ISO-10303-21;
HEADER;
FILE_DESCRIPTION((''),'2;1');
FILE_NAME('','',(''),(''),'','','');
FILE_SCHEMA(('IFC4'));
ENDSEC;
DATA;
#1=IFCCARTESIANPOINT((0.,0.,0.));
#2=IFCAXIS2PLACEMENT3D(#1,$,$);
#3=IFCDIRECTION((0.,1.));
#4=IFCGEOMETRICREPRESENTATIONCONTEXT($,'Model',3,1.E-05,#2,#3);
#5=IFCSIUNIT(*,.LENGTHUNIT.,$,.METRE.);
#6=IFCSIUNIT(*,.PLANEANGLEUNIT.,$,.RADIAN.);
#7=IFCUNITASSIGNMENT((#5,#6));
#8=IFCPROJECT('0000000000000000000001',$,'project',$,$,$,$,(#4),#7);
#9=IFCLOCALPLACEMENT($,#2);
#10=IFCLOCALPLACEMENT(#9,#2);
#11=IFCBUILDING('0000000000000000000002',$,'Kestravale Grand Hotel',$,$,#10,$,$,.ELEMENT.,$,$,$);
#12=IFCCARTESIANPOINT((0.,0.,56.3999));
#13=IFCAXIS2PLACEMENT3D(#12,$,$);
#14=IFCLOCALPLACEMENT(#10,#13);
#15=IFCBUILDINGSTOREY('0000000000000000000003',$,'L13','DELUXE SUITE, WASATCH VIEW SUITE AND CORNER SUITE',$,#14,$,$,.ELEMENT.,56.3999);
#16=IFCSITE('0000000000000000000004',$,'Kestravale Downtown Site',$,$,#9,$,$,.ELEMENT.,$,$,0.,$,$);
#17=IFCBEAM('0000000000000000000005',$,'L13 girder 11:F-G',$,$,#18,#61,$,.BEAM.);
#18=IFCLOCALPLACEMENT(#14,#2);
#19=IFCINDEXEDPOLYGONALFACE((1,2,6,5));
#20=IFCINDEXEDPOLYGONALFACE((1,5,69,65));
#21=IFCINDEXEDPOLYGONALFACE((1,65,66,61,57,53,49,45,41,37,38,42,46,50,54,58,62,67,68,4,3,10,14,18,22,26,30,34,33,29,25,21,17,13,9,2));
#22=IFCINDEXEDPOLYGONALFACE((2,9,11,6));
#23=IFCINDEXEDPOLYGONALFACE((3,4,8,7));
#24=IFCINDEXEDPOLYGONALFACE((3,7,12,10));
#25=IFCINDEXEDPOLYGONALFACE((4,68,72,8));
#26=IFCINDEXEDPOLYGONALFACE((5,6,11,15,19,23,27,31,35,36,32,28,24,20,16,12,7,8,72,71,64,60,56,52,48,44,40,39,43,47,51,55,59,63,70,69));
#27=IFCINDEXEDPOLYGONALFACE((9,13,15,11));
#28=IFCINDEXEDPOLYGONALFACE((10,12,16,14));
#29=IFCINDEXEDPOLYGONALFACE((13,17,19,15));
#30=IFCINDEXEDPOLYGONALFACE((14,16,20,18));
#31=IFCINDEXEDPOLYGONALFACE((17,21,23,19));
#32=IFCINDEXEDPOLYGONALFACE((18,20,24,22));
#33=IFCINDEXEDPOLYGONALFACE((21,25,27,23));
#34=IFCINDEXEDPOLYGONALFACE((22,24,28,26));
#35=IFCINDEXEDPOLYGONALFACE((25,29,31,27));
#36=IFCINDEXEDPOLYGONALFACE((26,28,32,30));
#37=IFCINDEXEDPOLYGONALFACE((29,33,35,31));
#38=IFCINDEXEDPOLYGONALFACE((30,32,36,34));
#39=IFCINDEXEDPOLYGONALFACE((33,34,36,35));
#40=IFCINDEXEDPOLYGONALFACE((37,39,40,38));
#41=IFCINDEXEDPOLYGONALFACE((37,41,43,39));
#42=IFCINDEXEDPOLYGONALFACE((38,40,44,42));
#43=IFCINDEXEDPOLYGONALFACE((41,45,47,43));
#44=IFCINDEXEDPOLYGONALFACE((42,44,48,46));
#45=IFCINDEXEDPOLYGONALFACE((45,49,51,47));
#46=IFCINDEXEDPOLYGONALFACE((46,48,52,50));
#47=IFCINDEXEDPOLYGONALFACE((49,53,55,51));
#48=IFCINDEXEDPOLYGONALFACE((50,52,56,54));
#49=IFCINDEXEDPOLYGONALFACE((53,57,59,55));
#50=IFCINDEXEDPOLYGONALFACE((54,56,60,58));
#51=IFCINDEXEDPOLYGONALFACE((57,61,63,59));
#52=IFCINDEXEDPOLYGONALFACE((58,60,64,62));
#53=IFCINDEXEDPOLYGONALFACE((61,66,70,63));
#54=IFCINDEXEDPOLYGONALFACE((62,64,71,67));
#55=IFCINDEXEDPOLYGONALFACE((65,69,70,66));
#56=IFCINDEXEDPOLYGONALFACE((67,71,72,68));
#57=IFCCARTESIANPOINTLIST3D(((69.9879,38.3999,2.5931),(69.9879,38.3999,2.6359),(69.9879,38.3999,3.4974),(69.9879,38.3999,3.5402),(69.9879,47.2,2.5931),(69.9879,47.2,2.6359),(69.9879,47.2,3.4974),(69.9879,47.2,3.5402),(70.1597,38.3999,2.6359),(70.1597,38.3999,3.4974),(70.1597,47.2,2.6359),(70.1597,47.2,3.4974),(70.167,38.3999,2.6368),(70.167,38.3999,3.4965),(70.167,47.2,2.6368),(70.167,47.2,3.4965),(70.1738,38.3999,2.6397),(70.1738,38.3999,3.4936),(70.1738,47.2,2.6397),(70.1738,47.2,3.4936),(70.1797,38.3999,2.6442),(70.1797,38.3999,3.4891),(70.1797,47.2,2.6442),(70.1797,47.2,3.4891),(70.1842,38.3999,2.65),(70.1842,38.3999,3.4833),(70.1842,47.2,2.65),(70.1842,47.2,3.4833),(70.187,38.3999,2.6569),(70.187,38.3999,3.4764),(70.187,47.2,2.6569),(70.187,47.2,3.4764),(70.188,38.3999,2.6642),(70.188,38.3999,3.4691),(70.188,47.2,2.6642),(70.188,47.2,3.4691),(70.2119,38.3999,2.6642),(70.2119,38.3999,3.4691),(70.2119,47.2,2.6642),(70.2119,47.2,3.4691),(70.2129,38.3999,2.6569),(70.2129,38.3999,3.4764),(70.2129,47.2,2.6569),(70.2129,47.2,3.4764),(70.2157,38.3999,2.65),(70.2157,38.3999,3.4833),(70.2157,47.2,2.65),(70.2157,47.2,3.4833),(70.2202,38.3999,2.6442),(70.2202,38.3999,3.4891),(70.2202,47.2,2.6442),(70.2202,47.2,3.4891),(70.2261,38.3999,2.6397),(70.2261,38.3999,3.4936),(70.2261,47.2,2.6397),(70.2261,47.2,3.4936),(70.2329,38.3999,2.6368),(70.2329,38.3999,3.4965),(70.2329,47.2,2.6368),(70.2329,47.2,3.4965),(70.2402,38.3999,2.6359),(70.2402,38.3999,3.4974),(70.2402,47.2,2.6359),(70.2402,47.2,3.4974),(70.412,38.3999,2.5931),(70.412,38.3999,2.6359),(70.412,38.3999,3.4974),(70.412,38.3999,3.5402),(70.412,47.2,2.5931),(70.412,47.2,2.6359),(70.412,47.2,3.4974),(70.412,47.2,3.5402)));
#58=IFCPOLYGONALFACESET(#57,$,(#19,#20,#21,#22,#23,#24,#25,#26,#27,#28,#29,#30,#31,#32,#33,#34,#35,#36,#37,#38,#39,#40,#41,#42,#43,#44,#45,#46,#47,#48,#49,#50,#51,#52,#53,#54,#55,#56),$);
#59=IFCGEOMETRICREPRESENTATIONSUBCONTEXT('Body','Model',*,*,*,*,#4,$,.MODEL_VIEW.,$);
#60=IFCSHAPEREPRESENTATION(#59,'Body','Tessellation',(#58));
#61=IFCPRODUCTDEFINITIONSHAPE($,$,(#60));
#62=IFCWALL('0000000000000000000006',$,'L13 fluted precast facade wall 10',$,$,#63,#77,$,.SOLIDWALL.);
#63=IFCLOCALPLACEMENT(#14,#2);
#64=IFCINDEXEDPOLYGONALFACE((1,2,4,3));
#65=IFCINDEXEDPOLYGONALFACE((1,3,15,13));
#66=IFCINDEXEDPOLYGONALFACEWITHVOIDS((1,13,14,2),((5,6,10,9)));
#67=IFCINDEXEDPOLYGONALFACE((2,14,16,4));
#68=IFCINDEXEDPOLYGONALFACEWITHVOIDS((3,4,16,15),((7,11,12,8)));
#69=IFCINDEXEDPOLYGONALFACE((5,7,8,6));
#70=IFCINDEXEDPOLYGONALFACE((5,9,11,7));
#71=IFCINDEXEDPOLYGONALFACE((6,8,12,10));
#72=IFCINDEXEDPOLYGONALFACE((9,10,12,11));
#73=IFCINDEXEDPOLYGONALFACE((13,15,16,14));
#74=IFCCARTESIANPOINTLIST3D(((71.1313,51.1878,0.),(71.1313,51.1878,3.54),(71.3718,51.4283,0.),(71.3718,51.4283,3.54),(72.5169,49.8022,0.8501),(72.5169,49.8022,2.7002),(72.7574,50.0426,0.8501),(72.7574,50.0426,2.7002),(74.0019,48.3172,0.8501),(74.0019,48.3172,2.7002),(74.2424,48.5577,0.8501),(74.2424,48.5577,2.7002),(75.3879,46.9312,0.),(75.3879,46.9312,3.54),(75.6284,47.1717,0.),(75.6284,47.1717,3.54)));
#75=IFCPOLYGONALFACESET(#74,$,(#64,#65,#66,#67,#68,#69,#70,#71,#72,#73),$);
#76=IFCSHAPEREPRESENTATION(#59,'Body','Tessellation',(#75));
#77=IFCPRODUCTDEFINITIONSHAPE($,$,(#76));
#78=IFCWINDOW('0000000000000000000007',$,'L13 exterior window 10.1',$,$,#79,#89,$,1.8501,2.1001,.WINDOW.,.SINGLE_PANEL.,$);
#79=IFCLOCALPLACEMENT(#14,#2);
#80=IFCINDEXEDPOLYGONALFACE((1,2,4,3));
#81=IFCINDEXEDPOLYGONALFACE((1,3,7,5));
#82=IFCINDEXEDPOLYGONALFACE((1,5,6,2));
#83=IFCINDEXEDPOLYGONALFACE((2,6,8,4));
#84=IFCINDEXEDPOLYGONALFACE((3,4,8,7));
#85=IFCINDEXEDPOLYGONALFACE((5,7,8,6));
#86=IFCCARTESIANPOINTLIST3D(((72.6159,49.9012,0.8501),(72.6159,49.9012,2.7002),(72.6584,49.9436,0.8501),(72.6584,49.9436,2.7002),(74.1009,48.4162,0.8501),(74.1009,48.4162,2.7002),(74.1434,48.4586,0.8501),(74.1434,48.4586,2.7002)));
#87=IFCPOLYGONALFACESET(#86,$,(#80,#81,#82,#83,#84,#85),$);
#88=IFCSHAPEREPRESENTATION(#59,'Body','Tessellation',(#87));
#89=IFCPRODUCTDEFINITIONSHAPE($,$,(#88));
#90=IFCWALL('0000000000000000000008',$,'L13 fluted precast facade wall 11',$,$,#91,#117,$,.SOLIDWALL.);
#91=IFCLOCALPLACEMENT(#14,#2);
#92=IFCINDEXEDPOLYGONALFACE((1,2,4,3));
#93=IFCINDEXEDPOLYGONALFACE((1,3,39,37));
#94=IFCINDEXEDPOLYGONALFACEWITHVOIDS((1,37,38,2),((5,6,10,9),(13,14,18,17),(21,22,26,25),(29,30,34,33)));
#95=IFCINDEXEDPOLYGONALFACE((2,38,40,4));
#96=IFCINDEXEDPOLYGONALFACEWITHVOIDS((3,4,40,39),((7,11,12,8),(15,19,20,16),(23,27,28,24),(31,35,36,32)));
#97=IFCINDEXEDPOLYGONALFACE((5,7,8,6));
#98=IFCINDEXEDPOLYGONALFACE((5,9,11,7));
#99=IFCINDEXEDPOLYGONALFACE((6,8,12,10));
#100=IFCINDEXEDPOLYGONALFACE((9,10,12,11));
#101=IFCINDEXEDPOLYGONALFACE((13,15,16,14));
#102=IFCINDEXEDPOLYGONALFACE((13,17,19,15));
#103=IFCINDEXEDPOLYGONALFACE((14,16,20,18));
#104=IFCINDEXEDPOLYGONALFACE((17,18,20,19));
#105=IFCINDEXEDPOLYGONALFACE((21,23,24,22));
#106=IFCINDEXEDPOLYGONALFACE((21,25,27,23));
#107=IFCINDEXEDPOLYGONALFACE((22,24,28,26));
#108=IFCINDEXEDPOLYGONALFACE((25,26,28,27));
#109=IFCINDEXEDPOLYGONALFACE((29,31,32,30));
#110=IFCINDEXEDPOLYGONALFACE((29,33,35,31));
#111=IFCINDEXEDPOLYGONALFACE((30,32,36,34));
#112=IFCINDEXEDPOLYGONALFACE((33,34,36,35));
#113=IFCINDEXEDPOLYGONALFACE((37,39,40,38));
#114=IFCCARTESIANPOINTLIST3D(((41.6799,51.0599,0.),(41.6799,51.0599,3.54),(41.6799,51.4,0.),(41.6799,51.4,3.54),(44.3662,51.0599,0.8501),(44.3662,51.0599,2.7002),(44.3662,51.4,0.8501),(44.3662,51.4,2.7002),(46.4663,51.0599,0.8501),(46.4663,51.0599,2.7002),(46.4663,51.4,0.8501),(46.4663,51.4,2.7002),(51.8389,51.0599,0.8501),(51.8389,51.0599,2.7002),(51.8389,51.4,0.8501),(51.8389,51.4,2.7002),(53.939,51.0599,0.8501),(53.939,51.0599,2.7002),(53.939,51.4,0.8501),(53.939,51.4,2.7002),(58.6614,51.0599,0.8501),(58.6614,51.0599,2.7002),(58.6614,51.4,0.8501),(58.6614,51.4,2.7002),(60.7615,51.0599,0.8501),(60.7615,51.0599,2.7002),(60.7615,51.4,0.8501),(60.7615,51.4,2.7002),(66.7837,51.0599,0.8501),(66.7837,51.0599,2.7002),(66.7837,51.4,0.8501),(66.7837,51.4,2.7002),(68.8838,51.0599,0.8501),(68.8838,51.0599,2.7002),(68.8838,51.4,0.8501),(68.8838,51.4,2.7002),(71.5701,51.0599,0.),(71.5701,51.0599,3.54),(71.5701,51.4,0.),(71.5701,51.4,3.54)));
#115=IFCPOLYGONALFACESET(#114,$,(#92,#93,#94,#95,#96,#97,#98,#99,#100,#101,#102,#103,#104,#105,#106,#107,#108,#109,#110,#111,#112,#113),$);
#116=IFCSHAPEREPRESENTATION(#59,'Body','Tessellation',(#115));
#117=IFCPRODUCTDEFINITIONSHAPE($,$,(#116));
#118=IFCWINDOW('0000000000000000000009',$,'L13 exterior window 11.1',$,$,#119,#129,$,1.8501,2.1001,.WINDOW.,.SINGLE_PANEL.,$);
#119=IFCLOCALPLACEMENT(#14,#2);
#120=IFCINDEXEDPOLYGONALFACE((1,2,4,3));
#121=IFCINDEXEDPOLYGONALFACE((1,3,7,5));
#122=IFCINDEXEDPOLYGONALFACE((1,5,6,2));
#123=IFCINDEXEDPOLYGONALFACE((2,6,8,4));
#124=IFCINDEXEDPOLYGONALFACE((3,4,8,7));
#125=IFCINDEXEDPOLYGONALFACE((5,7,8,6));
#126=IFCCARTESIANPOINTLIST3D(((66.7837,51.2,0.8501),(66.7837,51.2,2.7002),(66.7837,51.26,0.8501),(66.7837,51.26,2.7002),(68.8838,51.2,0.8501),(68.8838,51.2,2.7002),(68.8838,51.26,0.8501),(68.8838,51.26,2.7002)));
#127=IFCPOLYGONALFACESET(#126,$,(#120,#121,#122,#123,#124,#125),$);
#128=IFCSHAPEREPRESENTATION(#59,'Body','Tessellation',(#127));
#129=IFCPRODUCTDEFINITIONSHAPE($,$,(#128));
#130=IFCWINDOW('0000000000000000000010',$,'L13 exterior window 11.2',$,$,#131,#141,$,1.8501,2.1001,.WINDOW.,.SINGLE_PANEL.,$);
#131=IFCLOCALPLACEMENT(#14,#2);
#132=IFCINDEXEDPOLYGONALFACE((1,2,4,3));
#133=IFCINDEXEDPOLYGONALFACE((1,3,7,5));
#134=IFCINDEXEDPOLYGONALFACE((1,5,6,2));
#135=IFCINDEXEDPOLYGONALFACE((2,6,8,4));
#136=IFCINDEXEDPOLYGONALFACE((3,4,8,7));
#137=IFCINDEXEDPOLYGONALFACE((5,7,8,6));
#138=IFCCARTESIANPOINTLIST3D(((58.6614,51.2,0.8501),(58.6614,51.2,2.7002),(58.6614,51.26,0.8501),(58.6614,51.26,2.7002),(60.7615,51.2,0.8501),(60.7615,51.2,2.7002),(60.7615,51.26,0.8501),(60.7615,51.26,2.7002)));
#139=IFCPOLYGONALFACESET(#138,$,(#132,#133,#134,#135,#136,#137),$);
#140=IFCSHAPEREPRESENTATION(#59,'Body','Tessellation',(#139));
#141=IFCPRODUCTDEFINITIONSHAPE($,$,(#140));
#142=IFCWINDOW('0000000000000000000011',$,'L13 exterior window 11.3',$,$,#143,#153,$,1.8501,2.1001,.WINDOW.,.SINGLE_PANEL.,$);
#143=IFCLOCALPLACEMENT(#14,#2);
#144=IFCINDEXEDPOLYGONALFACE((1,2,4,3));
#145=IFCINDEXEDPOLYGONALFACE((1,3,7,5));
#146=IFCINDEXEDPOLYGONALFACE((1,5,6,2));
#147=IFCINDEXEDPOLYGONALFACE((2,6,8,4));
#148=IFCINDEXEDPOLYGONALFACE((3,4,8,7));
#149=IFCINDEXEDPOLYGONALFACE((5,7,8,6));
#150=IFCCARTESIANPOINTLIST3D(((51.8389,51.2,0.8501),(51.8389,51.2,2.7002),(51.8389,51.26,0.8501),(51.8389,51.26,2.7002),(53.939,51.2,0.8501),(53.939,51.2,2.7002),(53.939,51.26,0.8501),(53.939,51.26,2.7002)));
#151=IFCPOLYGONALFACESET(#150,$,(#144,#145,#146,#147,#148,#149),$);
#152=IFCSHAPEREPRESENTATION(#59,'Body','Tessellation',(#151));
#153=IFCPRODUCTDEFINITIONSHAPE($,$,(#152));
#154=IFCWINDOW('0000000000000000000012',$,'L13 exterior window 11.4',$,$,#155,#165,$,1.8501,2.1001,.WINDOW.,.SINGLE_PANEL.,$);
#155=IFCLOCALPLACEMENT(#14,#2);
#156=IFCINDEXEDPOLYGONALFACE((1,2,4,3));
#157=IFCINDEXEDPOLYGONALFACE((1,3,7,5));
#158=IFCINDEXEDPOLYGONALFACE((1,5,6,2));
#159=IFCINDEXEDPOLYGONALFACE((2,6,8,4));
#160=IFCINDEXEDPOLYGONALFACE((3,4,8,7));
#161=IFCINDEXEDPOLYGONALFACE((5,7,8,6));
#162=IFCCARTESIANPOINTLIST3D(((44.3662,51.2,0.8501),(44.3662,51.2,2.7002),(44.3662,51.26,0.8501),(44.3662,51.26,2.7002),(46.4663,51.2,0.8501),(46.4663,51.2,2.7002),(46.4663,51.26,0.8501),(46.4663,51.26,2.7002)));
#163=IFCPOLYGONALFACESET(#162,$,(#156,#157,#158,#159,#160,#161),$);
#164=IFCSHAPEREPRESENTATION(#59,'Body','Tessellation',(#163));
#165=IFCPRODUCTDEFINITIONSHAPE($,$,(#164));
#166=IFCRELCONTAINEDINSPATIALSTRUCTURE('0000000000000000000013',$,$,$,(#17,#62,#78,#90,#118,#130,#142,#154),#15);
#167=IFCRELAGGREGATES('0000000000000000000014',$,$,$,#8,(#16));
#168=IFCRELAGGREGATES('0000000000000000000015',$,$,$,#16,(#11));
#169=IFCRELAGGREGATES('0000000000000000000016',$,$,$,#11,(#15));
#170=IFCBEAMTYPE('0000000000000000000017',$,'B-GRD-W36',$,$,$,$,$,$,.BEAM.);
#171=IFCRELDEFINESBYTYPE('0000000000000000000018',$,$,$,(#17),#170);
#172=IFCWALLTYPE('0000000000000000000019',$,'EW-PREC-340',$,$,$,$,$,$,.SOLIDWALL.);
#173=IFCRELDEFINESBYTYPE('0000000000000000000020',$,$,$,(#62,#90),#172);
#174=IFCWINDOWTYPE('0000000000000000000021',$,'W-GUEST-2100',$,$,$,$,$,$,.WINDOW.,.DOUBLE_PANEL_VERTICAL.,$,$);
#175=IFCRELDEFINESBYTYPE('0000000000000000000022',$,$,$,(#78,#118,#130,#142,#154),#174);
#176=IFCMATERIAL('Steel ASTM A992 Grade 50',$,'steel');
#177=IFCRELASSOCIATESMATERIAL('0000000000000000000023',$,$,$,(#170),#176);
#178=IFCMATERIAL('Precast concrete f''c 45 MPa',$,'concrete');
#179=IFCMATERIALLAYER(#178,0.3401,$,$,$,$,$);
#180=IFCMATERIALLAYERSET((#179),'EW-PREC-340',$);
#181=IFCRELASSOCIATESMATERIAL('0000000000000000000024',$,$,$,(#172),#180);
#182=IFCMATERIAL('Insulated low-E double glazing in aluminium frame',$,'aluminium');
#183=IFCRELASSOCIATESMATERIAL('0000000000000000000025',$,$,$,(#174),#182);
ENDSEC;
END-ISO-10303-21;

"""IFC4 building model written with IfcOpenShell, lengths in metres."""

from ifc_helpers import new_model, si_unit, direction, frame, frame_2d, origin, origin_2d, place, context, subcontext, project, spatial, rectangle, i_section, extrude, material, layer, layer_set, material_profile, profile_set, type_object, element, fill, save


model = new_model("IFC4")

# Units and contexts
model_context = context("Model", 3, precision=1e-05, world=origin(), true_north=direction((0.0, 1.0)))
body_context = subcontext(model_context, "Body", "Model", "MODEL_VIEW")
ifc_project = project(units=[si_unit("LENGTHUNIT", "METRE"), si_unit("PLANEANGLEUNIT", "RADIAN")], contexts=[model_context])

# Site, building, storey
site_placement = place(None, origin())
site = spatial("IfcSite", under=ifc_project, at=site_placement, Name="Kestravale Downtown Site", CompositionType="ELEMENT", RefElevation=0.0)
building_placement = place(site_placement, origin())
building = spatial("IfcBuilding", under=site, at=building_placement, Name="Kestravale Grand Hotel", CompositionType="ELEMENT")
storey_placement = place(building_placement, frame((0.0, 0.0, 56.3999)))
storey = spatial("IfcBuildingStorey", under=building, at=storey_placement, Name="L13", Description="DELUXE SUITE, WASATCH VIEW SUITE AND CORNER SUITE", CompositionType="ELEMENT", Elevation=56.3999)

# Beam
ifc_material_1 = material(Name="Steel ASTM A992 Grade 50", Category="steel")
ifc_material_profile_1 = material_profile(ifc_material_1, i_section(OverallWidth=0.4241, OverallDepth=0.947, WebThickness=0.0239, FlangeThickness=0.0427, FilletRadius=0.0283, at=origin_2d()))
ifc_profile_set_1 = profile_set([ifc_material_profile_1], Name="Steel ASTM A992 Grade 50")
beam_type_1 = type_object("IfcBeamType", Name="B-GRD-W36", PredefinedType="BEAM", material=ifc_profile_set_1)
for number, where, z_axis, x_axis, name in (
    (1, (70.2, 38.3999, 3.0667), (0.0, 1.0, 0.0), (-1.0, 0.0, 0.0), "L13 girder 11:F-G"),
):
    element("IfcBeam", number, at=place(storey_placement, frame(where, z_axis=z_axis, x_axis=x_axis)), inside=storey, type_object=beam_type_1, Name=name, PredefinedType="BEAM", context=body_context, shape_type="SweptSolid", body=[
        extrude(i_section(OverallWidth=0.4241, OverallDepth=0.947, WebThickness=0.0239, FlangeThickness=0.0427, FilletRadius=0.0283, at=origin_2d()), origin(), (0.0, 0.0, 1.0), 8.8),
    ])

# Wall, opening, window
ifc_material_2 = material(Name="Precast concrete f'c 45 MPa", Category="concrete")
ifc_layer_1 = layer(ifc_material_2, 0.3401)
ifc_layer_set_1 = layer_set([ifc_layer_1], Name="EW-PREC-340")
wall_type_1 = type_object("IfcWallType", Name="EW-PREC-340", PredefinedType="SOLIDWALL", material=ifc_layer_set_1)
wall_1_placement = place(storey_placement, frame((75.5081, 47.0515, 0.0), z_axis=(0.0, 0.0, 1.0), x_axis=(-0.707107, 0.707107, 0.0)))
wall_1 = element("IfcWall", 2, at=wall_1_placement, inside=storey, type_object=wall_type_1, Name="L13 fluted precast facade wall 10", PredefinedType="SOLIDWALL", context=body_context, shape_type="SweptSolid", body=[
    extrude(rectangle(XDim=6.0198, YDim=0.3401, at=frame_2d((3.0098, 0.0))), origin(), (0.0, 0.0, 1.0), 3.54),
])
opening_1_placement = place(wall_1_placement, frame((1.96, 0.0, 0.8501)))
opening_1 = element("IfcOpeningElement", 3, at=opening_1_placement, cuts=wall_1, PredefinedType="OPENING", context=body_context, shape_type="SweptSolid", body=[
    extrude(rectangle(XDim=2.1001, YDim=1.8501, at=frame_2d((1.05, 0.925))), frame((0.0, 0.1799, 0.0), z_axis=(0.0, -1.0, 0.0), x_axis=(1.0, 0.0, 0.0)), (0.0, 0.0, 1.0), 0.3601),
])
ifc_material_3 = material(Name="Insulated low-E double glazing in aluminium frame", Category="aluminium")
window_type = type_object("IfcWindowType", Name="W-GUEST-2100", PartitioningType="DOUBLE_PANEL_VERTICAL", PredefinedType="WINDOW", material=ifc_material_3)
window_1_placement = place(opening_1_placement, origin())
window_1 = element("IfcWindow", 4, at=window_1_placement, inside=storey, type_object=window_type, Name="L13 exterior window 10.1", OverallHeight=1.8501, OverallWidth=2.1001, PartitioningType="SINGLE_PANEL", PredefinedType="WINDOW", context=body_context, shape_type="SweptSolid", body=[
    extrude(rectangle(XDim=2.1001, YDim=1.8501, at=frame_2d((1.05, 0.925))), frame((0.0, 0.03, 0.0), z_axis=(0.0, -1.0, 0.0), x_axis=(1.0, 0.0, 0.0)), (0.0, 0.0, 1.0), 0.0601),
])
fill(opening_1, window_1)

# Wall, openings, windows
wall_2_placement = place(storey_placement, frame((71.5701, 51.23, 0.0), z_axis=(0.0, 0.0, 1.0), x_axis=(-1.0, 0.0, 0.0)))
wall_2 = element("IfcWall", 5, at=wall_2_placement, inside=storey, type_object=wall_type_1, Name="L13 fluted precast facade wall 11", PredefinedType="SOLIDWALL", context=body_context, shape_type="SweptSolid", body=[
    extrude(rectangle(XDim=29.8901, YDim=0.3401, at=frame_2d((14.9451, 0.0))), origin(), (0.0, 0.0, 1.0), 3.54),
])
opening_2_placement = place(wall_2_placement, frame((2.6863, 0.0, 0.8501)))
opening_2 = element("IfcOpeningElement", 6, at=opening_2_placement, cuts=wall_2, PredefinedType="OPENING", context=body_context, shape_type="SweptSolid", body=[
    extrude(rectangle(XDim=2.1001, YDim=1.8501, at=frame_2d((1.05, 0.925))), frame((0.0, 0.1799, 0.0), z_axis=(0.0, -1.0, 0.0), x_axis=(1.0, 0.0, 0.0)), (0.0, 0.0, 1.0), 0.3601),
])
opening_3_placement = place(wall_2_placement, frame((10.8086, 0.0, 0.8501)))
opening_3 = element("IfcOpeningElement", 7, at=opening_3_placement, cuts=wall_2, PredefinedType="OPENING", context=body_context, shape_type="SweptSolid", body=[
    extrude(rectangle(XDim=2.1001, YDim=1.8501, at=frame_2d((1.05, 0.925))), frame((0.0, 0.1799, 0.0), z_axis=(0.0, -1.0, 0.0), x_axis=(1.0, 0.0, 0.0)), (0.0, 0.0, 1.0), 0.3601),
])
opening_4_placement = place(wall_2_placement, frame((17.6311, 0.0, 0.8501)))
opening_4 = element("IfcOpeningElement", 8, at=opening_4_placement, cuts=wall_2, PredefinedType="OPENING", context=body_context, shape_type="SweptSolid", body=[
    extrude(rectangle(XDim=2.1001, YDim=1.8501, at=frame_2d((1.05, 0.925))), frame((0.0, 0.1799, 0.0), z_axis=(0.0, -1.0, 0.0), x_axis=(1.0, 0.0, 0.0)), (0.0, 0.0, 1.0), 0.3601),
])
opening_5_placement = place(wall_2_placement, frame((25.1038, 0.0, 0.8501)))
opening_5 = element("IfcOpeningElement", 9, at=opening_5_placement, cuts=wall_2, PredefinedType="OPENING", context=body_context, shape_type="SweptSolid", body=[
    extrude(rectangle(XDim=2.1001, YDim=1.8501, at=frame_2d((1.05, 0.925))), frame((0.0, 0.1799, 0.0), z_axis=(0.0, -1.0, 0.0), x_axis=(1.0, 0.0, 0.0)), (0.0, 0.0, 1.0), 0.3601),
])
window_2_placement = place(opening_2_placement, origin())
window_2 = element("IfcWindow", 10, at=window_2_placement, inside=storey, type_object=window_type, Name="L13 exterior window 11.1", OverallHeight=1.8501, OverallWidth=2.1001, PartitioningType="SINGLE_PANEL", PredefinedType="WINDOW", context=body_context, shape_type="SweptSolid", body=[
    extrude(rectangle(XDim=2.1001, YDim=1.8501, at=frame_2d((1.05, 0.925))), frame((0.0, 0.03, 0.0), z_axis=(0.0, -1.0, 0.0), x_axis=(1.0, 0.0, 0.0)), (0.0, 0.0, 1.0), 0.0601),
])
fill(opening_2, window_2)
window_3_placement = place(opening_3_placement, origin())
window_3 = element("IfcWindow", 11, at=window_3_placement, inside=storey, type_object=window_type, Name="L13 exterior window 11.2", OverallHeight=1.8501, OverallWidth=2.1001, PartitioningType="SINGLE_PANEL", PredefinedType="WINDOW", context=body_context, shape_type="SweptSolid", body=[
    extrude(rectangle(XDim=2.1001, YDim=1.8501, at=frame_2d((1.05, 0.925))), frame((0.0, 0.03, 0.0), z_axis=(0.0, -1.0, 0.0), x_axis=(1.0, 0.0, 0.0)), (0.0, 0.0, 1.0), 0.0601),
])
fill(opening_3, window_3)
window_4_placement = place(opening_4_placement, origin())
window_4 = element("IfcWindow", 12, at=window_4_placement, inside=storey, type_object=window_type, Name="L13 exterior window 11.3", OverallHeight=1.8501, OverallWidth=2.1001, PartitioningType="SINGLE_PANEL", PredefinedType="WINDOW", context=body_context, shape_type="SweptSolid", body=[
    extrude(rectangle(XDim=2.1001, YDim=1.8501, at=frame_2d((1.05, 0.925))), frame((0.0, 0.03, 0.0), z_axis=(0.0, -1.0, 0.0), x_axis=(1.0, 0.0, 0.0)), (0.0, 0.0, 1.0), 0.0601),
])
fill(opening_4, window_4)
window_5_placement = place(opening_5_placement, origin())
window_5 = element("IfcWindow", 13, at=window_5_placement, inside=storey, type_object=window_type, Name="L13 exterior window 11.4", OverallHeight=1.8501, OverallWidth=2.1001, PartitioningType="SINGLE_PANEL", PredefinedType="WINDOW", context=body_context, shape_type="SweptSolid", body=[
    extrude(rectangle(XDim=2.1001, YDim=1.8501, at=frame_2d((1.05, 0.925))), frame((0.0, 0.03, 0.0), z_axis=(0.0, -1.0, 0.0), x_axis=(1.0, 0.0, 0.0)), (0.0, 0.0, 1.0), 0.0601),
])
fill(opening_5, window_5)

save(model, "model.ifc")
